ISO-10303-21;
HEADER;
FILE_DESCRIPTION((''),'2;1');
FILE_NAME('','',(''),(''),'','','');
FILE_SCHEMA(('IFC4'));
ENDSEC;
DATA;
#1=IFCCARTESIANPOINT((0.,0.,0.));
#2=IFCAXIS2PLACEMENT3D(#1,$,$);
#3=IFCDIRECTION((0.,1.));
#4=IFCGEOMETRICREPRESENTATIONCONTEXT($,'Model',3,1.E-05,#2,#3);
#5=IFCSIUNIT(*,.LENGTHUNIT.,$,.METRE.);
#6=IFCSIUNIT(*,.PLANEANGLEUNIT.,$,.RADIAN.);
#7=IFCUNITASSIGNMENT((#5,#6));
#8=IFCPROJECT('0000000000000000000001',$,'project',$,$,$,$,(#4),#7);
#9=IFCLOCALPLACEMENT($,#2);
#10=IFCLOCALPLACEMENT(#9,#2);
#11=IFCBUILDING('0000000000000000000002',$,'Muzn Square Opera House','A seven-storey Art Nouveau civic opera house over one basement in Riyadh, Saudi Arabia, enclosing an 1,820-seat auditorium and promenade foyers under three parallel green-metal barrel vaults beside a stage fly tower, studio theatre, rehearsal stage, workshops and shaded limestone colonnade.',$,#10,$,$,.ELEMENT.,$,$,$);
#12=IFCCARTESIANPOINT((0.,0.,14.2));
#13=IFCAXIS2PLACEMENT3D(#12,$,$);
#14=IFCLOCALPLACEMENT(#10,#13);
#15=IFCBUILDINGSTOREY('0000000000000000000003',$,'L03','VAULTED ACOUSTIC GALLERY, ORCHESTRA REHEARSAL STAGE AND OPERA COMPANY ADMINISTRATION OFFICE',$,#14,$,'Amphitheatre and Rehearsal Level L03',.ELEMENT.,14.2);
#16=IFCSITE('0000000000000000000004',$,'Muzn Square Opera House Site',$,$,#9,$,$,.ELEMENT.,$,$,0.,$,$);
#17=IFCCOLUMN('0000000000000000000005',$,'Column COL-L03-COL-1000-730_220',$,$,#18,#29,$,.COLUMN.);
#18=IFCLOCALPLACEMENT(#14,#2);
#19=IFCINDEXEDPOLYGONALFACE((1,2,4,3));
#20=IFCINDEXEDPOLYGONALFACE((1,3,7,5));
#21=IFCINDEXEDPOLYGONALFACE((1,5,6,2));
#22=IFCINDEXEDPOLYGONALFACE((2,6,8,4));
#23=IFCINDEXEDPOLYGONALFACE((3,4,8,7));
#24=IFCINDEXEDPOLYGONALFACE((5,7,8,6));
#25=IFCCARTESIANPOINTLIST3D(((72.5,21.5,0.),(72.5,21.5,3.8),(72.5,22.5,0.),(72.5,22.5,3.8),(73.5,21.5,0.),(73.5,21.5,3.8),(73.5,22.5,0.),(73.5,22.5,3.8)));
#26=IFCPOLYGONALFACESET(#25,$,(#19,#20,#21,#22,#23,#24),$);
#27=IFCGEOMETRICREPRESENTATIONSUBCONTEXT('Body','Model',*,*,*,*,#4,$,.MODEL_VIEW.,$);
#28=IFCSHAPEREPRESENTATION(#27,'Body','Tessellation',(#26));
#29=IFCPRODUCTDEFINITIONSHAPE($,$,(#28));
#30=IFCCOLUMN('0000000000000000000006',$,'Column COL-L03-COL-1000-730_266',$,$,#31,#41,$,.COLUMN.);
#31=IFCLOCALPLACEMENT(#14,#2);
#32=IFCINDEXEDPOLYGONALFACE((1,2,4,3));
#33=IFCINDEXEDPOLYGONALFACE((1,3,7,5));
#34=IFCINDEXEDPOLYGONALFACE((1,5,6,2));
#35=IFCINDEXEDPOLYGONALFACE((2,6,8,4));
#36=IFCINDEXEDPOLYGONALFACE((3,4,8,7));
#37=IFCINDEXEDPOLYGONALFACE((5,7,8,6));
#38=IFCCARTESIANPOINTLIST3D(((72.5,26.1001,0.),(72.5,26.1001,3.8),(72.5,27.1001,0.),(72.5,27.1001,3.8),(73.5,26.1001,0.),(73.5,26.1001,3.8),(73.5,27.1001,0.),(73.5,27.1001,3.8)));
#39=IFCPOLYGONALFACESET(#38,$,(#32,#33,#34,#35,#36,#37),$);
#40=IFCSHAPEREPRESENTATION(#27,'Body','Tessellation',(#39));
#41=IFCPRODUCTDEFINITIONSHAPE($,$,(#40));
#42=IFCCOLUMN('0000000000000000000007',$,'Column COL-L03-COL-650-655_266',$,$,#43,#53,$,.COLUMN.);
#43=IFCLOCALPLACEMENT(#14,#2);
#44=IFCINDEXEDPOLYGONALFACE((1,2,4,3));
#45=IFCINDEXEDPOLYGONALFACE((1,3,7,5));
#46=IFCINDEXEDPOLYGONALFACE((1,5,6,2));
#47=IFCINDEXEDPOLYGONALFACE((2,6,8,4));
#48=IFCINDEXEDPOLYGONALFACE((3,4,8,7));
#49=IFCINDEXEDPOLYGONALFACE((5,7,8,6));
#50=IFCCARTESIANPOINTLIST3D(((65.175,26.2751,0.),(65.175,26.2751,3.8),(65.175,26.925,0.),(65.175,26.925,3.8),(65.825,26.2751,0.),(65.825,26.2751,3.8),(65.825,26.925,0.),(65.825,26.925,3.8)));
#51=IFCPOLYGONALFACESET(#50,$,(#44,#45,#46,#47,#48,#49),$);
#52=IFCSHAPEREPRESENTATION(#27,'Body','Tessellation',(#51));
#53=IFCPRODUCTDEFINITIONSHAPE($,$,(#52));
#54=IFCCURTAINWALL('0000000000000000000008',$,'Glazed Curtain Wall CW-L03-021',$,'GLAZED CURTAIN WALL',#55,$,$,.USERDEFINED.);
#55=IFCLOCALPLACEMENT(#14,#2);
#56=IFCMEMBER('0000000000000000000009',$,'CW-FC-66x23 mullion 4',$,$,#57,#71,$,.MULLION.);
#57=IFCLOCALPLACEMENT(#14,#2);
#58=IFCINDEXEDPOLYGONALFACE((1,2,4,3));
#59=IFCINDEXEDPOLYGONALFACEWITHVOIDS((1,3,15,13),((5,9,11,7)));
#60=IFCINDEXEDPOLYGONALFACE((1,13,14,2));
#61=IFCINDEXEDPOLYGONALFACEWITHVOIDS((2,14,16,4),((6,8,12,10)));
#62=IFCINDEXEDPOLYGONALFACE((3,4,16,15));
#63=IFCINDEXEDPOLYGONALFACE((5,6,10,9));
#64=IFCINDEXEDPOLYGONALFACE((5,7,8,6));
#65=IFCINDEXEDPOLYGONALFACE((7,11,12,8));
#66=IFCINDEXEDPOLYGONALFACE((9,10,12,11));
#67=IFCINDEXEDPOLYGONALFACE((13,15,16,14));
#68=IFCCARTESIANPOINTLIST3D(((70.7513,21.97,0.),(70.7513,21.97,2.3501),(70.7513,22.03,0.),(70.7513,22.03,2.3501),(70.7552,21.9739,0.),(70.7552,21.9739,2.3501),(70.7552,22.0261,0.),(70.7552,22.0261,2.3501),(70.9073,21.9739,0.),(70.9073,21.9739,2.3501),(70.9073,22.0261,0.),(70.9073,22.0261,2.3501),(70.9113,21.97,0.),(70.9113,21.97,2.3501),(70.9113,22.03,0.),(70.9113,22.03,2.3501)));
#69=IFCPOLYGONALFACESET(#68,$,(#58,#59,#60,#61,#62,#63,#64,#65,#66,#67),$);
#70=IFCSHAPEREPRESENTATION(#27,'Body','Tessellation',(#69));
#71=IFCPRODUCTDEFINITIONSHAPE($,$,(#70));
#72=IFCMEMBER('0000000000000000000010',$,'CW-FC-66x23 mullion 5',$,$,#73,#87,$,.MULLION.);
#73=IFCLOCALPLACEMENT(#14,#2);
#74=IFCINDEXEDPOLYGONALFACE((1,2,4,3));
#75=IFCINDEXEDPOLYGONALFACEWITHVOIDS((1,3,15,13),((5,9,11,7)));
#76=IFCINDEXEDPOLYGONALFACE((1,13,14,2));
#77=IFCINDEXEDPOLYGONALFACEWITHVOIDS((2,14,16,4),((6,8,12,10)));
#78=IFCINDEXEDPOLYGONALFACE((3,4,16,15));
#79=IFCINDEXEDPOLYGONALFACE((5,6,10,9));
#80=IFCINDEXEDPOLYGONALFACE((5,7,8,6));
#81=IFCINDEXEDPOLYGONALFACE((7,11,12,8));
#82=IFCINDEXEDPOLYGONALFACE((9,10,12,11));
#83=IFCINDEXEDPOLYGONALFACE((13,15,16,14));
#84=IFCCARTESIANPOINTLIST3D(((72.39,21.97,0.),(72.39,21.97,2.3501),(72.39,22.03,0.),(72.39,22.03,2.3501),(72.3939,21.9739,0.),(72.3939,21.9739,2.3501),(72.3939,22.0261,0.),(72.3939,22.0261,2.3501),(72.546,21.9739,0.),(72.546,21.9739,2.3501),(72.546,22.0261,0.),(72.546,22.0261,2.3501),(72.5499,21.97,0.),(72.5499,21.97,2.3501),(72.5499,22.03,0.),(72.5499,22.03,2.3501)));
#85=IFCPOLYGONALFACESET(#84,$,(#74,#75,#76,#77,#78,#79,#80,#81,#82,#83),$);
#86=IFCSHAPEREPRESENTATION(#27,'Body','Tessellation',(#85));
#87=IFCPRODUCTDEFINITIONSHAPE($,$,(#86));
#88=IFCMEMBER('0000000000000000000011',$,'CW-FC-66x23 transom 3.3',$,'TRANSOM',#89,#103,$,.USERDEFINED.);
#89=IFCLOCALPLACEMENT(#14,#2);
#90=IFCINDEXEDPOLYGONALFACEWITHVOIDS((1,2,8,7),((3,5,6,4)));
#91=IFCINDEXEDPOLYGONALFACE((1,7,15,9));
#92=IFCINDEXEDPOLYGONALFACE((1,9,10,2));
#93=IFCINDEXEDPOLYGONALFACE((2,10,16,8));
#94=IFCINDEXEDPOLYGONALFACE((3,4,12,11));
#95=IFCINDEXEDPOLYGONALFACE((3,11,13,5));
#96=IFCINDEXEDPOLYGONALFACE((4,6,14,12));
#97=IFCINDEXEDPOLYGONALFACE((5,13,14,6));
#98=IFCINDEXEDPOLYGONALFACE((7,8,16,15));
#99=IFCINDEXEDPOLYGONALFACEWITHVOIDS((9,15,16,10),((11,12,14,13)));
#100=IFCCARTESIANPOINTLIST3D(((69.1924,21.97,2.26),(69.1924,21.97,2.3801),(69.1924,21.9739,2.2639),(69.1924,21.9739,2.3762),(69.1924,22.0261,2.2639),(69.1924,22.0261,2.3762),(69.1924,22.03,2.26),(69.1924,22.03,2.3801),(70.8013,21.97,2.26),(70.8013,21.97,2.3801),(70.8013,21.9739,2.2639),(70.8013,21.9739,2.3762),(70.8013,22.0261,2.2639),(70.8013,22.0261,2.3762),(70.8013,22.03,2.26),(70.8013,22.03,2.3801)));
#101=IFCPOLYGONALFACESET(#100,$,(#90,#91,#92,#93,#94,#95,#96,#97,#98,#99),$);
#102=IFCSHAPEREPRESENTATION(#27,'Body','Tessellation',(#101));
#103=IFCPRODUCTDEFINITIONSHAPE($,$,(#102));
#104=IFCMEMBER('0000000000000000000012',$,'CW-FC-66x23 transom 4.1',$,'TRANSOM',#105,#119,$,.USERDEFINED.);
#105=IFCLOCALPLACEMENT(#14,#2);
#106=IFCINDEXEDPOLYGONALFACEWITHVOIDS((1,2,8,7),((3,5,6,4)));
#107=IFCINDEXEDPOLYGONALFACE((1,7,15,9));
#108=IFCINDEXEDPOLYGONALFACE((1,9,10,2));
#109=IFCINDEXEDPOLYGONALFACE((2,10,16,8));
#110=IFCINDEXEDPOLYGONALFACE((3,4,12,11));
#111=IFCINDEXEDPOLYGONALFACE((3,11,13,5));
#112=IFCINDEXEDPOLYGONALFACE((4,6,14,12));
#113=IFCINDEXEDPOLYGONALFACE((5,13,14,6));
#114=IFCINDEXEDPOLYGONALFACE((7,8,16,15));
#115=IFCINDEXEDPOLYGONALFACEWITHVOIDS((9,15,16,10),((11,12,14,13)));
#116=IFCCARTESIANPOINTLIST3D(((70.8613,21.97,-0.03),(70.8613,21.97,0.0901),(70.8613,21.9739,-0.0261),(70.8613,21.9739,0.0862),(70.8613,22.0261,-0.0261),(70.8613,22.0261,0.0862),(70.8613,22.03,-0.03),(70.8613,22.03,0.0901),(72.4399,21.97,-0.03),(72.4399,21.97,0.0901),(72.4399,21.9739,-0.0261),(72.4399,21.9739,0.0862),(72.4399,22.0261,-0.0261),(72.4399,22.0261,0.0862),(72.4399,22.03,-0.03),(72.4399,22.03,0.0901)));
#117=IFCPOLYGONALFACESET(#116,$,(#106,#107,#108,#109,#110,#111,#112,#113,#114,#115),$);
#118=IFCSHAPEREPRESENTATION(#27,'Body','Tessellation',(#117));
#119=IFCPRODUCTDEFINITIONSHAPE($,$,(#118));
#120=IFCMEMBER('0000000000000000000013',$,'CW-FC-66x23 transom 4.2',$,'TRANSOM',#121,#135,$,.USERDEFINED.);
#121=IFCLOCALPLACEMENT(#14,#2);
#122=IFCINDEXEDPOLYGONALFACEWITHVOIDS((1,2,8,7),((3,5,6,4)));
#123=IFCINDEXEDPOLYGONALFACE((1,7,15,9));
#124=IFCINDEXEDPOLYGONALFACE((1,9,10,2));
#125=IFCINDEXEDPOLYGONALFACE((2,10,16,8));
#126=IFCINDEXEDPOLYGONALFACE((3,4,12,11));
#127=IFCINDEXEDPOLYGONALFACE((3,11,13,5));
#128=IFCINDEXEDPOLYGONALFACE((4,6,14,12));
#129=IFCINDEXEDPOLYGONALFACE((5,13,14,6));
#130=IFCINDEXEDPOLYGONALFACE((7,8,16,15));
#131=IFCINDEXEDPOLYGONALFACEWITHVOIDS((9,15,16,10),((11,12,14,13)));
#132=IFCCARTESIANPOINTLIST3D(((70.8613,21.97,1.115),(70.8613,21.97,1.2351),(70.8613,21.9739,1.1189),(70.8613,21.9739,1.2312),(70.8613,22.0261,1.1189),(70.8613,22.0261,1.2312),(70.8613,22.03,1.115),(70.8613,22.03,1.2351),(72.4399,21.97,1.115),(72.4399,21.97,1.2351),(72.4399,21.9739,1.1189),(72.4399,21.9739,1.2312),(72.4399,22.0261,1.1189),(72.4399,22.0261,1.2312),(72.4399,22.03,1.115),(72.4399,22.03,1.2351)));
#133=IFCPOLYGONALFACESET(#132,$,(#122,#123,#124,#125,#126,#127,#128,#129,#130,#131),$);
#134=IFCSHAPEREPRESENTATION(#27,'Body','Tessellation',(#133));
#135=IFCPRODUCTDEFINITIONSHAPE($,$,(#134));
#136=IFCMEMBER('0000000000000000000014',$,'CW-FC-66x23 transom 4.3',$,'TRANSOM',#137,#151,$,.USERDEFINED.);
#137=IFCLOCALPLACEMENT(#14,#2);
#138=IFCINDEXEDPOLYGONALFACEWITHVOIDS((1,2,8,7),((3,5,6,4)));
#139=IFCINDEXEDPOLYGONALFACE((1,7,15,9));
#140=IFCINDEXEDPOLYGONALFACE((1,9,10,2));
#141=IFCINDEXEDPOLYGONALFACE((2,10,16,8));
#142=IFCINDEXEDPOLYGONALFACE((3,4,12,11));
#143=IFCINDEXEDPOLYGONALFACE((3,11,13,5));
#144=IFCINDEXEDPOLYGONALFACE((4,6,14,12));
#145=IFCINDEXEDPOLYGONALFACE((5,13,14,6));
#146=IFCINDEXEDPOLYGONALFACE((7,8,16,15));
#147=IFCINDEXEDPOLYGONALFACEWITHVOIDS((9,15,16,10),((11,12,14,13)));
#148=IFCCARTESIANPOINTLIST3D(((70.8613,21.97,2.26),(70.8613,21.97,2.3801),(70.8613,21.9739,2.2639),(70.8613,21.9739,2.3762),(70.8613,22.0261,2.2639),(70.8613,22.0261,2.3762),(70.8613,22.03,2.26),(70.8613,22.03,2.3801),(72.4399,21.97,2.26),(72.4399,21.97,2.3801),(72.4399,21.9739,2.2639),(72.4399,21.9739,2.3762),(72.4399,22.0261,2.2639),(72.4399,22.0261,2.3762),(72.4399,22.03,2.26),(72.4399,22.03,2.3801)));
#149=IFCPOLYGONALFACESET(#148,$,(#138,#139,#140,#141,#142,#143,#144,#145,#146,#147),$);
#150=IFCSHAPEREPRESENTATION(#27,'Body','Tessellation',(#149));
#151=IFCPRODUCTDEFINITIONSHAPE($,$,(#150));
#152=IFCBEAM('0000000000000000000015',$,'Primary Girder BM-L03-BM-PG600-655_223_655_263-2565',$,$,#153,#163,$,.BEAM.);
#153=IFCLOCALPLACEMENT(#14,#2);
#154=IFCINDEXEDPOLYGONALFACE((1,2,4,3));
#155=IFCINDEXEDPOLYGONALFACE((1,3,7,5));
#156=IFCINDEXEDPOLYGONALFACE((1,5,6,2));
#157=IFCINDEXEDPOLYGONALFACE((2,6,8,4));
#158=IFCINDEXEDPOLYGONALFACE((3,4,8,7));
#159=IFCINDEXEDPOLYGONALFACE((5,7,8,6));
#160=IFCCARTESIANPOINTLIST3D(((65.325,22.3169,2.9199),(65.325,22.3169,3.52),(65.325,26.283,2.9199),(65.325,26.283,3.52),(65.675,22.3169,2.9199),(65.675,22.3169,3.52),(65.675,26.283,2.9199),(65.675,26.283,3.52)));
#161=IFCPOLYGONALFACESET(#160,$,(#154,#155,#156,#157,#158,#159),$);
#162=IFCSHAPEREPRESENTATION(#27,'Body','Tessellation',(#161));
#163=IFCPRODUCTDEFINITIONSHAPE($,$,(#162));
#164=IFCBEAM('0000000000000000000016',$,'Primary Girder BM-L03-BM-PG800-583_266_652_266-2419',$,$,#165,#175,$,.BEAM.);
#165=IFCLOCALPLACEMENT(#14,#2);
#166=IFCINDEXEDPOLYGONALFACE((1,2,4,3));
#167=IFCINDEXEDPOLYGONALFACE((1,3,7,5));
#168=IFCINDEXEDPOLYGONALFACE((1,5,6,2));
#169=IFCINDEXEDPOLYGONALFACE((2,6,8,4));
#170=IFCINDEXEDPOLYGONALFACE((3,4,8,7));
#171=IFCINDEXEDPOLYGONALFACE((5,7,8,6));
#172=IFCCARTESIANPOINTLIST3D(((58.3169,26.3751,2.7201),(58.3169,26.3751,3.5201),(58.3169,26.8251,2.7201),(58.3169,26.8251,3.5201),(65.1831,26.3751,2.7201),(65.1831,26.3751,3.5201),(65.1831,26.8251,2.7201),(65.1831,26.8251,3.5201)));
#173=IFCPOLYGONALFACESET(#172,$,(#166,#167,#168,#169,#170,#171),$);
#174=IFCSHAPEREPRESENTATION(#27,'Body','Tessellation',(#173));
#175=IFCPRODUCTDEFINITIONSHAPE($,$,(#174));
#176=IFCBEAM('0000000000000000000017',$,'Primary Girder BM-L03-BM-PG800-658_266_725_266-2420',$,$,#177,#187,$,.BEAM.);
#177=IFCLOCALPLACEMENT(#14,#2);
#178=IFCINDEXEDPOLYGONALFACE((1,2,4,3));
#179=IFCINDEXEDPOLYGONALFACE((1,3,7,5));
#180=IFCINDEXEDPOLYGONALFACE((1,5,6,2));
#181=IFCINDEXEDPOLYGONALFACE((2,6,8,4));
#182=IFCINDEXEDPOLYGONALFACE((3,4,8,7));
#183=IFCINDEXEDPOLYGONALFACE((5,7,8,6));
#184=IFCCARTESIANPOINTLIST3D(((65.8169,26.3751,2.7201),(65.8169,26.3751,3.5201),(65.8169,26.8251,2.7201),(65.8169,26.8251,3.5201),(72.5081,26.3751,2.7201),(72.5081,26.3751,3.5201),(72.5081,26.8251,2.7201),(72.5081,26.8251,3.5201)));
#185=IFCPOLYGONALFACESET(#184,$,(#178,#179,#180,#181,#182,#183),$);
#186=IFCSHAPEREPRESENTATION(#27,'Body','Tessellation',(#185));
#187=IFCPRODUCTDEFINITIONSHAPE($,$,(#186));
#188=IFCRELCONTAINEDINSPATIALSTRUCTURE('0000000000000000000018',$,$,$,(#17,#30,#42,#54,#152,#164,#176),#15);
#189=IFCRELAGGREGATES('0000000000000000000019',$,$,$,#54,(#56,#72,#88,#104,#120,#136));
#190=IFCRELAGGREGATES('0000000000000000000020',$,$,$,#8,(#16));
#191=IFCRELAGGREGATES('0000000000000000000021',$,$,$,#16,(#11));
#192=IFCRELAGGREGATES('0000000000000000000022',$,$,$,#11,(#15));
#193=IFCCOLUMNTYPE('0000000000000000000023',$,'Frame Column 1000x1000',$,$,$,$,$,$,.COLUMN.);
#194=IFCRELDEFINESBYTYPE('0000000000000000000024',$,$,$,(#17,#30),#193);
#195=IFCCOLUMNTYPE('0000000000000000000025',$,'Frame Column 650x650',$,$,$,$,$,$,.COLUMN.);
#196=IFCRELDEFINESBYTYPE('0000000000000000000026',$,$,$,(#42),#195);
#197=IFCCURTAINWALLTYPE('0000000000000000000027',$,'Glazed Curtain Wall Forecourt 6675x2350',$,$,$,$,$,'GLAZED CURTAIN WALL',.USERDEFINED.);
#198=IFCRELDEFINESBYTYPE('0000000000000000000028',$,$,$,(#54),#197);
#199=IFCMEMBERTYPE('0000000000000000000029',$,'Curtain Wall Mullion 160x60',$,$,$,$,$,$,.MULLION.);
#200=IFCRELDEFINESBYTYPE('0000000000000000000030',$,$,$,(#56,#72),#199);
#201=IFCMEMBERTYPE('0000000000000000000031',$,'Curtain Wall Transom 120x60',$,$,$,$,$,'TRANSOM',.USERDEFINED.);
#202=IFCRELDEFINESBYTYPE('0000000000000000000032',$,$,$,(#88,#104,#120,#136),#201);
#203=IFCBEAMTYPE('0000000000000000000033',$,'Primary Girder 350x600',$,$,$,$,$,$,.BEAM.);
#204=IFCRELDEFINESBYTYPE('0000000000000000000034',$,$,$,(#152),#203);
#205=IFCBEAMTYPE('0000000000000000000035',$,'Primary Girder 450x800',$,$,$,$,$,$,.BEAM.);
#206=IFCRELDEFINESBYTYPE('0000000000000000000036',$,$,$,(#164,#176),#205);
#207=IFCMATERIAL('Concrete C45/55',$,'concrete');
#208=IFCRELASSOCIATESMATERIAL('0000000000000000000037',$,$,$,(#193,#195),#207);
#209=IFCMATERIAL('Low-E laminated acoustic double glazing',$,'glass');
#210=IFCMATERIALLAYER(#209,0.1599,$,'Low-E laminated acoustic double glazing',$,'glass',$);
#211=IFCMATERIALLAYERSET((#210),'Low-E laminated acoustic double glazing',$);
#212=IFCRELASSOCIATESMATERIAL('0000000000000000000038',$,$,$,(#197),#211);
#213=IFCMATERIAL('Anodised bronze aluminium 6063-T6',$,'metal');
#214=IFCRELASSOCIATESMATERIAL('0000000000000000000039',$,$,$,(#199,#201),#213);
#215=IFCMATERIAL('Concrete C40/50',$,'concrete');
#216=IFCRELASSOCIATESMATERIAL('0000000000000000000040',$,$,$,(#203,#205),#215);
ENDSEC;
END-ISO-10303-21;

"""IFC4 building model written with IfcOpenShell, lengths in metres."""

from ifc_helpers import new_model, si_unit, direction, frame, origin, origin_2d, place, context, subcontext, project, spatial, rectangle, hollow_rectangle, extrude, material, layer, layer_set, material_profile, profile_set, type_object, element, aggregate, save


model = new_model("IFC4")

# Units and contexts
model_context = context("Model", 3, precision=1e-05, world=origin(), true_north=direction((0.0, 1.0)))
body_context = subcontext(model_context, "Body", "Model", "MODEL_VIEW")
ifc_project = project(units=[si_unit("LENGTHUNIT", "METRE"), si_unit("PLANEANGLEUNIT", "RADIAN")], contexts=[model_context])

# Site, building, storey
site_placement = place(None, origin())
site = spatial("IfcSite", under=ifc_project, at=site_placement, Name="Muzn Square Opera House Site", CompositionType="ELEMENT", RefElevation=0.0)
building_placement = place(site_placement, origin())
building = spatial("IfcBuilding", under=site, at=building_placement, Name="Muzn Square Opera House", Description="A seven-storey Art Nouveau civic opera house over one basement in Riyadh, Saudi Arabia, enclosing an 1,820-seat auditorium and promenade foyers under three parallel green-metal barrel vaults beside a stage fly tower, studio theatre, rehearsal stage, workshops and shaded limestone colonnade.", CompositionType="ELEMENT")
storey_placement = place(building_placement, frame((0.0, 0.0, 14.2)))
storey = spatial("IfcBuildingStorey", under=building, at=storey_placement, Name="L03", Description="VAULTED ACOUSTIC GALLERY, ORCHESTRA REHEARSAL STAGE AND OPERA COMPANY ADMINISTRATION OFFICE", LongName="Amphitheatre and Rehearsal Level L03", CompositionType="ELEMENT", Elevation=14.2)

# Columns
ifc_material_1 = material(Name="Concrete C45/55", Category="concrete")
ifc_material_profile_1 = material_profile(ifc_material_1, rectangle(XDim=1.0, YDim=1.0, at=origin_2d()), Name="RC 1000x1000", Category="concrete")
ifc_profile_set_1 = profile_set([ifc_material_profile_1], Name="Concrete C45/55")
column_type_1 = type_object("IfcColumnType", Name="Frame Column 1000x1000", PredefinedType="COLUMN", material=ifc_profile_set_1)
for number, where, z_axis, x_axis, name in (
    (1, (73.0, 22.0, 0.0), (0.0, 0.0, 1.0), (1.0, 0.0, 0.0), "Column COL-L03-COL-1000-730_220"),
    (2, (73.0, 26.6001, 0.0), (0.0, 0.0, 1.0), (1.0, 0.0, 0.0), "Column COL-L03-COL-1000-730_266"),
):
    element("IfcColumn", number, at=place(storey_placement, frame(where, z_axis=z_axis, x_axis=x_axis)), inside=storey, type_object=column_type_1, Name=name, PredefinedType="COLUMN", context=body_context, shape_type="SweptSolid", body=[
        extrude(rectangle(XDim=1.0, YDim=1.0, at=origin_2d()), origin(), (0.0, 0.0, 1.0), 3.8),
    ])
ifc_material_profile_2 = material_profile(ifc_material_1, rectangle(XDim=0.6499, YDim=0.6499, at=origin_2d()), Name="RC 650x650", Category="concrete")
ifc_profile_set_2 = profile_set([ifc_material_profile_2], Name="Concrete C45/55")
column_type_2 = type_object("IfcColumnType", Name="Frame Column 650x650", PredefinedType="COLUMN", material=ifc_profile_set_2)
column_placement = place(storey_placement, frame((65.5, 26.6001, 0.0), z_axis=(0.0, 0.0, 1.0), x_axis=(1.0, 0.0, 0.0)))
element("IfcColumn", 3, at=column_placement, inside=storey, type_object=column_type_2, Name="Column COL-L03-COL-650-655_266", PredefinedType="COLUMN", context=body_context, shape_type="SweptSolid", body=[
    extrude(rectangle(XDim=0.6499, YDim=0.6499, at=origin_2d()), origin(), (0.0, 0.0, 1.0), 3.8),
])

# Curtain wall, members
ifc_material_2 = material(Name="Low-E laminated acoustic double glazing", Category="glass")
ifc_layer_1 = layer(ifc_material_2, 0.1599, Name="Low-E laminated acoustic double glazing", Category="glass")
ifc_layer_set_1 = layer_set([ifc_layer_1], Name="Low-E laminated acoustic double glazing")
curtain_wall_type = type_object("IfcCurtainWallType", Name="Glazed Curtain Wall Forecourt 6675x2350", ElementType="GLAZED CURTAIN WALL", PredefinedType="USERDEFINED", material=ifc_layer_set_1)
curtain_wall_placement = place(storey_placement, origin())
curtain_wall = element("IfcCurtainWall", 4, at=curtain_wall_placement, inside=storey, type_object=curtain_wall_type, Name="Glazed Curtain Wall CW-L03-021", ObjectType="GLAZED CURTAIN WALL", PredefinedType="USERDEFINED")
ifc_material_3 = material(Name="Anodised bronze aluminium 6063-T6", Category="metal")
ifc_material_profile_3 = material_profile(ifc_material_3, hollow_rectangle(XDim=0.0601, YDim=0.1599, WallThickness=0.0039, at=origin_2d()), Name="ALU 160x60x4", Category="metal")
ifc_profile_set_3 = profile_set([ifc_material_profile_3], Name="Anodised bronze aluminium 6063-T6")
member_type_1 = type_object("IfcMemberType", Name="Curtain Wall Mullion 160x60", PredefinedType="MULLION", material=ifc_profile_set_3)
member_1_placement = place(storey_placement, frame((70.8313, 22.0, 0.0), z_axis=(0.0, 0.0, 1.0), x_axis=(0.0, 1.0, 0.0)))
member_1 = element("IfcMember", 5, at=member_1_placement, type_object=member_type_1, Name="CW-FC-66x23 mullion 4", PredefinedType="MULLION", context=body_context, shape_type="SweptSolid", body=[
    extrude(hollow_rectangle(XDim=0.0601, YDim=0.1599, WallThickness=0.0039, at=origin_2d()), origin(), (0.0, 0.0, 1.0), 2.3501),
])
member_2_placement = place(storey_placement, frame((72.47, 22.0, 0.0), z_axis=(0.0, 0.0, 1.0), x_axis=(0.0, 1.0, 0.0)))
member_2 = element("IfcMember", 6, at=member_2_placement, type_object=member_type_1, Name="CW-FC-66x23 mullion 5", PredefinedType="MULLION", context=body_context, shape_type="SweptSolid", body=[
    extrude(hollow_rectangle(XDim=0.0601, YDim=0.1599, WallThickness=0.0039, at=origin_2d()), origin(), (0.0, 0.0, 1.0), 2.3501),
])
ifc_material_profile_4 = material_profile(ifc_material_3, hollow_rectangle(XDim=0.0601, YDim=0.1201, WallThickness=0.0039, at=origin_2d()), Name="ALU 120x60x4", Category="metal")
ifc_profile_set_4 = profile_set([ifc_material_profile_4], Name="Anodised bronze aluminium 6063-T6")
member_type_2 = type_object("IfcMemberType", Name="Curtain Wall Transom 120x60", ElementType="TRANSOM", PredefinedType="USERDEFINED", material=ifc_profile_set_4)
member_3_placement = place(storey_placement, frame((69.1924, 22.0, 2.3201), z_axis=(1.0, 0.0, 0.0), x_axis=(0.0, 1.0, 0.0)))
member_3 = element("IfcMember", 7, at=member_3_placement, type_object=member_type_2, Name="CW-FC-66x23 transom 3.3", ObjectType="TRANSOM", PredefinedType="USERDEFINED", context=body_context, shape_type="SweptSolid", body=[
    extrude(hollow_rectangle(XDim=0.0601, YDim=0.1201, WallThickness=0.0039, at=origin_2d()), origin(), (0.0, 0.0, 1.0), 1.6089),
])
member_4_placement = place(storey_placement, frame((70.8613, 22.0, 0.03), z_axis=(1.0, 0.0, 0.0), x_axis=(0.0, 1.0, 0.0)))
member_4 = element("IfcMember", 8, at=member_4_placement, type_object=member_type_2, Name="CW-FC-66x23 transom 4.1", ObjectType="TRANSOM", PredefinedType="USERDEFINED", context=body_context, shape_type="SweptSolid", body=[
    extrude(hollow_rectangle(XDim=0.0601, YDim=0.1201, WallThickness=0.0039, at=origin_2d()), origin(), (0.0, 0.0, 1.0), 1.5786),
])
member_5_placement = place(storey_placement, frame((70.8613, 22.0, 1.175), z_axis=(1.0, 0.0, 0.0), x_axis=(0.0, 1.0, 0.0)))
member_5 = element("IfcMember", 9, at=member_5_placement, type_object=member_type_2, Name="CW-FC-66x23 transom 4.2", ObjectType="TRANSOM", PredefinedType="USERDEFINED", context=body_context, shape_type="SweptSolid", body=[
    extrude(hollow_rectangle(XDim=0.0601, YDim=0.1201, WallThickness=0.0039, at=origin_2d()), origin(), (0.0, 0.0, 1.0), 1.5786),
])
member_6_placement = place(storey_placement, frame((70.8613, 22.0, 2.3201), z_axis=(1.0, 0.0, 0.0), x_axis=(0.0, 1.0, 0.0)))
member_6 = element("IfcMember", 10, at=member_6_placement, type_object=member_type_2, Name="CW-FC-66x23 transom 4.3", ObjectType="TRANSOM", PredefinedType="USERDEFINED", context=body_context, shape_type="SweptSolid", body=[
    extrude(hollow_rectangle(XDim=0.0601, YDim=0.1201, WallThickness=0.0039, at=origin_2d()), origin(), (0.0, 0.0, 1.0), 1.5786),
])

# Beams
ifc_material_4 = material(Name="Concrete C40/50", Category="concrete")
ifc_material_profile_5 = material_profile(ifc_material_4, rectangle(XDim=0.3501, YDim=0.6001, at=origin_2d()), Name="RCB 350x600", Category="concrete")
ifc_profile_set_5 = profile_set([ifc_material_profile_5], Name="Concrete C40/50")
beam_type_1 = type_object("IfcBeamType", Name="Primary Girder 350x600", PredefinedType="BEAM", material=ifc_profile_set_5)
beam_1_placement = place(storey_placement, frame((65.5, 22.3169, 3.22), z_axis=(0.0, 1.0, 0.0), x_axis=(-1.0, 0.0, 0.0)))
element("IfcBeam", 11, at=beam_1_placement, inside=storey, type_object=beam_type_1, Name="Primary Girder BM-L03-BM-PG600-655_223_655_263-2565", PredefinedType="BEAM", context=body_context, shape_type="SweptSolid", body=[
    extrude(rectangle(XDim=0.3501, YDim=0.6001, at=origin_2d()), origin(), (0.0, 0.0, 1.0), 3.9661),
])
ifc_material_profile_6 = material_profile(ifc_material_4, rectangle(XDim=0.45, YDim=0.8, at=origin_2d()), Name="RCB 450x800", Category="concrete")
ifc_profile_set_6 = profile_set([ifc_material_profile_6], Name="Concrete C40/50")
beam_type_2 = type_object("IfcBeamType", Name="Primary Girder 450x800", PredefinedType="BEAM", material=ifc_profile_set_6)
beam_2_placement = place(storey_placement, frame((58.3169, 26.6001, 3.1201), z_axis=(1.0, 0.0, 0.0), x_axis=(0.0, 1.0, 0.0)))
element("IfcBeam", 12, at=beam_2_placement, inside=storey, type_object=beam_type_2, Name="Primary Girder BM-L03-BM-PG800-583_266_652_266-2419", PredefinedType="BEAM", context=body_context, shape_type="SweptSolid", body=[
    extrude(rectangle(XDim=0.45, YDim=0.8, at=origin_2d()), origin(), (0.0, 0.0, 1.0), 6.8662),
])
beam_3_placement = place(storey_placement, frame((65.8169, 26.6001, 3.1201), z_axis=(1.0, 0.0, 0.0), x_axis=(0.0, 1.0, 0.0)))
element("IfcBeam", 13, at=beam_3_placement, inside=storey, type_object=beam_type_2, Name="Primary Girder BM-L03-BM-PG800-658_266_725_266-2420", PredefinedType="BEAM", context=body_context, shape_type="SweptSolid", body=[
    extrude(rectangle(XDim=0.45, YDim=0.8, at=origin_2d()), origin(), (0.0, 0.0, 1.0), 6.6912),
])

aggregate(curtain_wall, [member_1, member_2, member_3, member_4, member_5, member_6])

save(model, "model.ifc")
